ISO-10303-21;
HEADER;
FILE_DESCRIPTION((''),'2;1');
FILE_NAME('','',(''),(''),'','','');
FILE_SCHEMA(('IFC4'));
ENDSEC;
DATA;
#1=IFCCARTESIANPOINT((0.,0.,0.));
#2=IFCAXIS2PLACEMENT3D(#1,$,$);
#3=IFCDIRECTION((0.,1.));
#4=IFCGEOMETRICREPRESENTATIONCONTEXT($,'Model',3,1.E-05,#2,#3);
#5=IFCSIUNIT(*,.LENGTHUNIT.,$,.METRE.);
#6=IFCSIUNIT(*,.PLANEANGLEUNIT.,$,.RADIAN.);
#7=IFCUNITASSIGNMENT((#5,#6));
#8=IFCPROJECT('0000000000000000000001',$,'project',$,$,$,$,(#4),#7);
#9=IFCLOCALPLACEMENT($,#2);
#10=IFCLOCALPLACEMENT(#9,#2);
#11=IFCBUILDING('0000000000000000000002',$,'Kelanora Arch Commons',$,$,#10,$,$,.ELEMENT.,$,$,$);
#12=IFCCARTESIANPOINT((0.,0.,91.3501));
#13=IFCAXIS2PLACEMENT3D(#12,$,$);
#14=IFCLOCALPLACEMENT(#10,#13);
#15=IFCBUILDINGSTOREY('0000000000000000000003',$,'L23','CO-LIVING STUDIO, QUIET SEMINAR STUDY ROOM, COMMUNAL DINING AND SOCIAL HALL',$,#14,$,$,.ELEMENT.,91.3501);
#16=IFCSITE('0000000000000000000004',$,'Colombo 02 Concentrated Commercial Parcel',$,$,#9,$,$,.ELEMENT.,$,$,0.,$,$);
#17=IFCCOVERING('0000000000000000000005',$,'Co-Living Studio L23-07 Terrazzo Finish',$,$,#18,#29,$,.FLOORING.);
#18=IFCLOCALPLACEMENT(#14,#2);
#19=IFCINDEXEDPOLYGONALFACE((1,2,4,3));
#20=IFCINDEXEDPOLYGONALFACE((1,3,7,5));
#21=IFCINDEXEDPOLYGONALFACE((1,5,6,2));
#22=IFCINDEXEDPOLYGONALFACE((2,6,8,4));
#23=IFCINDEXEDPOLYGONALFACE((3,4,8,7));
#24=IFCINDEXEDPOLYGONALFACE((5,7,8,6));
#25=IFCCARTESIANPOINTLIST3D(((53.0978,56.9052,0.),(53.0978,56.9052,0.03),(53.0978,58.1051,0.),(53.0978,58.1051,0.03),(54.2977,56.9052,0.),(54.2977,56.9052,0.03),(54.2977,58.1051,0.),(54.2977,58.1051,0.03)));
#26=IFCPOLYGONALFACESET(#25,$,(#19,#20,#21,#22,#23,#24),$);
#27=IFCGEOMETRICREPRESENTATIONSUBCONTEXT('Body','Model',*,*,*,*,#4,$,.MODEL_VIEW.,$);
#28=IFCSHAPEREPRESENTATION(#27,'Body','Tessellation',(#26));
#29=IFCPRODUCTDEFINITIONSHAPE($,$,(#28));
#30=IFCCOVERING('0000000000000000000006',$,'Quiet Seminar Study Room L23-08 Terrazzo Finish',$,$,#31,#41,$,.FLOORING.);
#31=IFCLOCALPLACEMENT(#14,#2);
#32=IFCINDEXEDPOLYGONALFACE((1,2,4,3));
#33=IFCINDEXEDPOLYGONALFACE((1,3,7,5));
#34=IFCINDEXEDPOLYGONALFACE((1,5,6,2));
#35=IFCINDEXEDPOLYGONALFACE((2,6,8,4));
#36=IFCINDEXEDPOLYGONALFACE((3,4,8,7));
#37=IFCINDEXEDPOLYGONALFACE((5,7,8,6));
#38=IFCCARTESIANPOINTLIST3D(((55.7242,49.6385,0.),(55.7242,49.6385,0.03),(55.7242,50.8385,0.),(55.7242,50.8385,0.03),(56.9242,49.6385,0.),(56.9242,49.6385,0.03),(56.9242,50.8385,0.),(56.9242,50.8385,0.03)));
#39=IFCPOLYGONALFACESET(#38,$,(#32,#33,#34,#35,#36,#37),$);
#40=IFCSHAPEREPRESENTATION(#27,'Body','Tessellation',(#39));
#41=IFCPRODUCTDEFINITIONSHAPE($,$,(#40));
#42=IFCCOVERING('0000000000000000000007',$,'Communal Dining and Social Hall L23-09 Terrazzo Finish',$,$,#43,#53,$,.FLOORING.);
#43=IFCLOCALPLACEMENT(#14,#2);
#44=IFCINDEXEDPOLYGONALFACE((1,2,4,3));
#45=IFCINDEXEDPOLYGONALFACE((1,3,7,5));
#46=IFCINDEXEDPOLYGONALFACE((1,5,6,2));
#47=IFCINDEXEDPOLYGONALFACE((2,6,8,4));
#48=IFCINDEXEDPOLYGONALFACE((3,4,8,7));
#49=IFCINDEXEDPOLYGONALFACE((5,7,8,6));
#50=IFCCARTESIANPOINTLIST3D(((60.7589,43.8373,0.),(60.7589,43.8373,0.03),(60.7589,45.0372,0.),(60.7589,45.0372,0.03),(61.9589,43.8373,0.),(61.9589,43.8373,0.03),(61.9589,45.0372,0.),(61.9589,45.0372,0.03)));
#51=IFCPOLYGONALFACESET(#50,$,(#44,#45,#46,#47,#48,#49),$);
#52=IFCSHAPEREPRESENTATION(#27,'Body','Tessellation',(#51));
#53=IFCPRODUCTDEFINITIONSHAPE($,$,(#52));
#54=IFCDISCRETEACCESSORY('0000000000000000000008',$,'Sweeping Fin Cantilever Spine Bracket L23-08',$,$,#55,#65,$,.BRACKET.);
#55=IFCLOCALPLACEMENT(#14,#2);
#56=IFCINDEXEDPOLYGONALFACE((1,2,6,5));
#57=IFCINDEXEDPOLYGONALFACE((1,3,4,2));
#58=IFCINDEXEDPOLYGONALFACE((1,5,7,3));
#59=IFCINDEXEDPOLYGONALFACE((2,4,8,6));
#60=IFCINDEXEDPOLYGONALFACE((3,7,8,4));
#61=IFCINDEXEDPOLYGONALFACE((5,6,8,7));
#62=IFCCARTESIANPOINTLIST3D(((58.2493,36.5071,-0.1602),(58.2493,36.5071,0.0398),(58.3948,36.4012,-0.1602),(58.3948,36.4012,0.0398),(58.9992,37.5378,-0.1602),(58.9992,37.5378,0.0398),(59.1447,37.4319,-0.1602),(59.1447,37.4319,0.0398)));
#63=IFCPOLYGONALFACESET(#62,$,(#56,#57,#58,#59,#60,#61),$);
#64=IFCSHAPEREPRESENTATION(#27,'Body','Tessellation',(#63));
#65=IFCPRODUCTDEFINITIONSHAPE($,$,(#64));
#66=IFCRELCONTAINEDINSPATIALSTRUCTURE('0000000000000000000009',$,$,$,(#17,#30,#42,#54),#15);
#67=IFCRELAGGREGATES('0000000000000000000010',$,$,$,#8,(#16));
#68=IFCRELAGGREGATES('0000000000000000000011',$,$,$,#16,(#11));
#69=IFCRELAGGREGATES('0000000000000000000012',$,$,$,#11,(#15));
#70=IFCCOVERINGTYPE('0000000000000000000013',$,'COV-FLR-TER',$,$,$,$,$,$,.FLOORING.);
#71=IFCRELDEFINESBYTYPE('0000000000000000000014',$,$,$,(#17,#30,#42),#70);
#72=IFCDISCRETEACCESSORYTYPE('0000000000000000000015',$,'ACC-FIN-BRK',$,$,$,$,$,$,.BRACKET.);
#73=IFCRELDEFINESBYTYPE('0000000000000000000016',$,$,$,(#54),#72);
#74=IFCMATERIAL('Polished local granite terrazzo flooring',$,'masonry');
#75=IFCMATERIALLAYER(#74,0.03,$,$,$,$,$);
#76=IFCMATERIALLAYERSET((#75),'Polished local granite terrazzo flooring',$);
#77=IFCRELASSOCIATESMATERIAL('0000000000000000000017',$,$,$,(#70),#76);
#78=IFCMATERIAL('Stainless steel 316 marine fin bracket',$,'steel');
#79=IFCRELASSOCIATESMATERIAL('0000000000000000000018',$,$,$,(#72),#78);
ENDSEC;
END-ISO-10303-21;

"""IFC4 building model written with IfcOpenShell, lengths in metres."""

from ifc_helpers import new_model, si_unit, direction, frame, origin, origin_2d, place, context, subcontext, project, spatial, rectangle, extrude, source, transform, mapped, material, layer, layer_set, type_object, element, save


model = new_model("IFC4")

# Units and contexts
model_context = context("Model", 3, precision=1e-05, world=origin(), true_north=direction((0.0, 1.0)))
body_context = subcontext(model_context, "Body", "Model", "MODEL_VIEW")
ifc_project = project(units=[si_unit("LENGTHUNIT", "METRE"), si_unit("PLANEANGLEUNIT", "RADIAN")], contexts=[model_context])

# Site, building, storey
site_placement = place(None, origin())
site = spatial("IfcSite", under=ifc_project, at=site_placement, Name="Colombo 02 Concentrated Commercial Parcel", CompositionType="ELEMENT", RefElevation=0.0)
building_placement = place(site_placement, origin())
building = spatial("IfcBuilding", under=site, at=building_placement, Name="Kelanora Arch Commons", CompositionType="ELEMENT")
storey_placement = place(building_placement, frame((0.0, 0.0, 91.3501)))
storey = spatial("IfcBuildingStorey", under=building, at=storey_placement, Name="L23", Description="CO-LIVING STUDIO, QUIET SEMINAR STUDY ROOM, COMMUNAL DINING AND SOCIAL HALL", CompositionType="ELEMENT", Elevation=91.3501)

# Coverings
ifc_material_1 = material(Name="Polished local granite terrazzo flooring", Category="masonry")
ifc_layer_1 = layer(ifc_material_1, 0.03)
ifc_layer_set_1 = layer_set([ifc_layer_1], Name="Polished local granite terrazzo flooring")
covering_type = type_object("IfcCoveringType", Name="COV-FLR-TER", PredefinedType="FLOORING", material=ifc_layer_set_1)
shared_shape_1 = source(origin(), body_context, "Body", "SweptSolid", [
    extrude(rectangle(XDim=1.2, YDim=1.2, at=origin_2d()), origin(), (0.0, 0.0, 1.0), 0.03),
])
for number, where, z_axis, x_axis, name in (
    (1, (53.6978, 57.5051, 0.0), (0.0, 0.0, 1.0), (1.0, 0.0, 0.0), "Co-Living Studio L23-07 Terrazzo Finish"),
    (2, (56.3242, 50.2385, 0.0), (0.0, 0.0, 1.0), (1.0, 0.0, 0.0), "Quiet Seminar Study Room L23-08 Terrazzo Finish"),
    (3, (61.3589, 44.4373, 0.0), (0.0, 0.0, 1.0), (1.0, 0.0, 0.0), "Communal Dining and Social Hall L23-09 Terrazzo Finish"),
):
    element("IfcCovering", number, at=place(storey_placement, frame(where, z_axis=z_axis, x_axis=x_axis)), inside=storey, type_object=covering_type, Name=name, PredefinedType="FLOORING", context=body_context, shape_type="MappedRepresentation", body=[
        mapped(shared_shape_1, transform((0.0, 0.0, 0.0), scale=1.0)),
    ])

# Discrete accessory
ifc_material_2 = material(Name="Stainless steel 316 marine fin bracket", Category="steel")
discrete_accessory_type = type_object("IfcDiscreteAccessoryType", Name="ACC-FIN-BRK", PredefinedType="BRACKET", material=ifc_material_2)
shared_shape_2 = source(origin(), body_context, "Body", "SweptSolid", [
    extrude(rectangle(XDim=1.2747, YDim=0.1799, at=origin_2d()), origin(), (0.0, 0.0, 1.0), 0.2),
])
discrete_accessory_placement = place(storey_placement, frame((58.697, 36.9695, -0.1602), z_axis=(0.0, 0.0, 1.0), x_axis=(-0.58835, -0.808606, 0.0)))
element("IfcDiscreteAccessory", 4, at=discrete_accessory_placement, inside=storey, type_object=discrete_accessory_type, Name="Sweeping Fin Cantilever Spine Bracket L23-08", PredefinedType="BRACKET", context=body_context, shape_type="MappedRepresentation", body=[
    mapped(shared_shape_2, transform((0.0, 0.0, 0.0), scale=1.0)),
])

save(model, "model.ifc")
